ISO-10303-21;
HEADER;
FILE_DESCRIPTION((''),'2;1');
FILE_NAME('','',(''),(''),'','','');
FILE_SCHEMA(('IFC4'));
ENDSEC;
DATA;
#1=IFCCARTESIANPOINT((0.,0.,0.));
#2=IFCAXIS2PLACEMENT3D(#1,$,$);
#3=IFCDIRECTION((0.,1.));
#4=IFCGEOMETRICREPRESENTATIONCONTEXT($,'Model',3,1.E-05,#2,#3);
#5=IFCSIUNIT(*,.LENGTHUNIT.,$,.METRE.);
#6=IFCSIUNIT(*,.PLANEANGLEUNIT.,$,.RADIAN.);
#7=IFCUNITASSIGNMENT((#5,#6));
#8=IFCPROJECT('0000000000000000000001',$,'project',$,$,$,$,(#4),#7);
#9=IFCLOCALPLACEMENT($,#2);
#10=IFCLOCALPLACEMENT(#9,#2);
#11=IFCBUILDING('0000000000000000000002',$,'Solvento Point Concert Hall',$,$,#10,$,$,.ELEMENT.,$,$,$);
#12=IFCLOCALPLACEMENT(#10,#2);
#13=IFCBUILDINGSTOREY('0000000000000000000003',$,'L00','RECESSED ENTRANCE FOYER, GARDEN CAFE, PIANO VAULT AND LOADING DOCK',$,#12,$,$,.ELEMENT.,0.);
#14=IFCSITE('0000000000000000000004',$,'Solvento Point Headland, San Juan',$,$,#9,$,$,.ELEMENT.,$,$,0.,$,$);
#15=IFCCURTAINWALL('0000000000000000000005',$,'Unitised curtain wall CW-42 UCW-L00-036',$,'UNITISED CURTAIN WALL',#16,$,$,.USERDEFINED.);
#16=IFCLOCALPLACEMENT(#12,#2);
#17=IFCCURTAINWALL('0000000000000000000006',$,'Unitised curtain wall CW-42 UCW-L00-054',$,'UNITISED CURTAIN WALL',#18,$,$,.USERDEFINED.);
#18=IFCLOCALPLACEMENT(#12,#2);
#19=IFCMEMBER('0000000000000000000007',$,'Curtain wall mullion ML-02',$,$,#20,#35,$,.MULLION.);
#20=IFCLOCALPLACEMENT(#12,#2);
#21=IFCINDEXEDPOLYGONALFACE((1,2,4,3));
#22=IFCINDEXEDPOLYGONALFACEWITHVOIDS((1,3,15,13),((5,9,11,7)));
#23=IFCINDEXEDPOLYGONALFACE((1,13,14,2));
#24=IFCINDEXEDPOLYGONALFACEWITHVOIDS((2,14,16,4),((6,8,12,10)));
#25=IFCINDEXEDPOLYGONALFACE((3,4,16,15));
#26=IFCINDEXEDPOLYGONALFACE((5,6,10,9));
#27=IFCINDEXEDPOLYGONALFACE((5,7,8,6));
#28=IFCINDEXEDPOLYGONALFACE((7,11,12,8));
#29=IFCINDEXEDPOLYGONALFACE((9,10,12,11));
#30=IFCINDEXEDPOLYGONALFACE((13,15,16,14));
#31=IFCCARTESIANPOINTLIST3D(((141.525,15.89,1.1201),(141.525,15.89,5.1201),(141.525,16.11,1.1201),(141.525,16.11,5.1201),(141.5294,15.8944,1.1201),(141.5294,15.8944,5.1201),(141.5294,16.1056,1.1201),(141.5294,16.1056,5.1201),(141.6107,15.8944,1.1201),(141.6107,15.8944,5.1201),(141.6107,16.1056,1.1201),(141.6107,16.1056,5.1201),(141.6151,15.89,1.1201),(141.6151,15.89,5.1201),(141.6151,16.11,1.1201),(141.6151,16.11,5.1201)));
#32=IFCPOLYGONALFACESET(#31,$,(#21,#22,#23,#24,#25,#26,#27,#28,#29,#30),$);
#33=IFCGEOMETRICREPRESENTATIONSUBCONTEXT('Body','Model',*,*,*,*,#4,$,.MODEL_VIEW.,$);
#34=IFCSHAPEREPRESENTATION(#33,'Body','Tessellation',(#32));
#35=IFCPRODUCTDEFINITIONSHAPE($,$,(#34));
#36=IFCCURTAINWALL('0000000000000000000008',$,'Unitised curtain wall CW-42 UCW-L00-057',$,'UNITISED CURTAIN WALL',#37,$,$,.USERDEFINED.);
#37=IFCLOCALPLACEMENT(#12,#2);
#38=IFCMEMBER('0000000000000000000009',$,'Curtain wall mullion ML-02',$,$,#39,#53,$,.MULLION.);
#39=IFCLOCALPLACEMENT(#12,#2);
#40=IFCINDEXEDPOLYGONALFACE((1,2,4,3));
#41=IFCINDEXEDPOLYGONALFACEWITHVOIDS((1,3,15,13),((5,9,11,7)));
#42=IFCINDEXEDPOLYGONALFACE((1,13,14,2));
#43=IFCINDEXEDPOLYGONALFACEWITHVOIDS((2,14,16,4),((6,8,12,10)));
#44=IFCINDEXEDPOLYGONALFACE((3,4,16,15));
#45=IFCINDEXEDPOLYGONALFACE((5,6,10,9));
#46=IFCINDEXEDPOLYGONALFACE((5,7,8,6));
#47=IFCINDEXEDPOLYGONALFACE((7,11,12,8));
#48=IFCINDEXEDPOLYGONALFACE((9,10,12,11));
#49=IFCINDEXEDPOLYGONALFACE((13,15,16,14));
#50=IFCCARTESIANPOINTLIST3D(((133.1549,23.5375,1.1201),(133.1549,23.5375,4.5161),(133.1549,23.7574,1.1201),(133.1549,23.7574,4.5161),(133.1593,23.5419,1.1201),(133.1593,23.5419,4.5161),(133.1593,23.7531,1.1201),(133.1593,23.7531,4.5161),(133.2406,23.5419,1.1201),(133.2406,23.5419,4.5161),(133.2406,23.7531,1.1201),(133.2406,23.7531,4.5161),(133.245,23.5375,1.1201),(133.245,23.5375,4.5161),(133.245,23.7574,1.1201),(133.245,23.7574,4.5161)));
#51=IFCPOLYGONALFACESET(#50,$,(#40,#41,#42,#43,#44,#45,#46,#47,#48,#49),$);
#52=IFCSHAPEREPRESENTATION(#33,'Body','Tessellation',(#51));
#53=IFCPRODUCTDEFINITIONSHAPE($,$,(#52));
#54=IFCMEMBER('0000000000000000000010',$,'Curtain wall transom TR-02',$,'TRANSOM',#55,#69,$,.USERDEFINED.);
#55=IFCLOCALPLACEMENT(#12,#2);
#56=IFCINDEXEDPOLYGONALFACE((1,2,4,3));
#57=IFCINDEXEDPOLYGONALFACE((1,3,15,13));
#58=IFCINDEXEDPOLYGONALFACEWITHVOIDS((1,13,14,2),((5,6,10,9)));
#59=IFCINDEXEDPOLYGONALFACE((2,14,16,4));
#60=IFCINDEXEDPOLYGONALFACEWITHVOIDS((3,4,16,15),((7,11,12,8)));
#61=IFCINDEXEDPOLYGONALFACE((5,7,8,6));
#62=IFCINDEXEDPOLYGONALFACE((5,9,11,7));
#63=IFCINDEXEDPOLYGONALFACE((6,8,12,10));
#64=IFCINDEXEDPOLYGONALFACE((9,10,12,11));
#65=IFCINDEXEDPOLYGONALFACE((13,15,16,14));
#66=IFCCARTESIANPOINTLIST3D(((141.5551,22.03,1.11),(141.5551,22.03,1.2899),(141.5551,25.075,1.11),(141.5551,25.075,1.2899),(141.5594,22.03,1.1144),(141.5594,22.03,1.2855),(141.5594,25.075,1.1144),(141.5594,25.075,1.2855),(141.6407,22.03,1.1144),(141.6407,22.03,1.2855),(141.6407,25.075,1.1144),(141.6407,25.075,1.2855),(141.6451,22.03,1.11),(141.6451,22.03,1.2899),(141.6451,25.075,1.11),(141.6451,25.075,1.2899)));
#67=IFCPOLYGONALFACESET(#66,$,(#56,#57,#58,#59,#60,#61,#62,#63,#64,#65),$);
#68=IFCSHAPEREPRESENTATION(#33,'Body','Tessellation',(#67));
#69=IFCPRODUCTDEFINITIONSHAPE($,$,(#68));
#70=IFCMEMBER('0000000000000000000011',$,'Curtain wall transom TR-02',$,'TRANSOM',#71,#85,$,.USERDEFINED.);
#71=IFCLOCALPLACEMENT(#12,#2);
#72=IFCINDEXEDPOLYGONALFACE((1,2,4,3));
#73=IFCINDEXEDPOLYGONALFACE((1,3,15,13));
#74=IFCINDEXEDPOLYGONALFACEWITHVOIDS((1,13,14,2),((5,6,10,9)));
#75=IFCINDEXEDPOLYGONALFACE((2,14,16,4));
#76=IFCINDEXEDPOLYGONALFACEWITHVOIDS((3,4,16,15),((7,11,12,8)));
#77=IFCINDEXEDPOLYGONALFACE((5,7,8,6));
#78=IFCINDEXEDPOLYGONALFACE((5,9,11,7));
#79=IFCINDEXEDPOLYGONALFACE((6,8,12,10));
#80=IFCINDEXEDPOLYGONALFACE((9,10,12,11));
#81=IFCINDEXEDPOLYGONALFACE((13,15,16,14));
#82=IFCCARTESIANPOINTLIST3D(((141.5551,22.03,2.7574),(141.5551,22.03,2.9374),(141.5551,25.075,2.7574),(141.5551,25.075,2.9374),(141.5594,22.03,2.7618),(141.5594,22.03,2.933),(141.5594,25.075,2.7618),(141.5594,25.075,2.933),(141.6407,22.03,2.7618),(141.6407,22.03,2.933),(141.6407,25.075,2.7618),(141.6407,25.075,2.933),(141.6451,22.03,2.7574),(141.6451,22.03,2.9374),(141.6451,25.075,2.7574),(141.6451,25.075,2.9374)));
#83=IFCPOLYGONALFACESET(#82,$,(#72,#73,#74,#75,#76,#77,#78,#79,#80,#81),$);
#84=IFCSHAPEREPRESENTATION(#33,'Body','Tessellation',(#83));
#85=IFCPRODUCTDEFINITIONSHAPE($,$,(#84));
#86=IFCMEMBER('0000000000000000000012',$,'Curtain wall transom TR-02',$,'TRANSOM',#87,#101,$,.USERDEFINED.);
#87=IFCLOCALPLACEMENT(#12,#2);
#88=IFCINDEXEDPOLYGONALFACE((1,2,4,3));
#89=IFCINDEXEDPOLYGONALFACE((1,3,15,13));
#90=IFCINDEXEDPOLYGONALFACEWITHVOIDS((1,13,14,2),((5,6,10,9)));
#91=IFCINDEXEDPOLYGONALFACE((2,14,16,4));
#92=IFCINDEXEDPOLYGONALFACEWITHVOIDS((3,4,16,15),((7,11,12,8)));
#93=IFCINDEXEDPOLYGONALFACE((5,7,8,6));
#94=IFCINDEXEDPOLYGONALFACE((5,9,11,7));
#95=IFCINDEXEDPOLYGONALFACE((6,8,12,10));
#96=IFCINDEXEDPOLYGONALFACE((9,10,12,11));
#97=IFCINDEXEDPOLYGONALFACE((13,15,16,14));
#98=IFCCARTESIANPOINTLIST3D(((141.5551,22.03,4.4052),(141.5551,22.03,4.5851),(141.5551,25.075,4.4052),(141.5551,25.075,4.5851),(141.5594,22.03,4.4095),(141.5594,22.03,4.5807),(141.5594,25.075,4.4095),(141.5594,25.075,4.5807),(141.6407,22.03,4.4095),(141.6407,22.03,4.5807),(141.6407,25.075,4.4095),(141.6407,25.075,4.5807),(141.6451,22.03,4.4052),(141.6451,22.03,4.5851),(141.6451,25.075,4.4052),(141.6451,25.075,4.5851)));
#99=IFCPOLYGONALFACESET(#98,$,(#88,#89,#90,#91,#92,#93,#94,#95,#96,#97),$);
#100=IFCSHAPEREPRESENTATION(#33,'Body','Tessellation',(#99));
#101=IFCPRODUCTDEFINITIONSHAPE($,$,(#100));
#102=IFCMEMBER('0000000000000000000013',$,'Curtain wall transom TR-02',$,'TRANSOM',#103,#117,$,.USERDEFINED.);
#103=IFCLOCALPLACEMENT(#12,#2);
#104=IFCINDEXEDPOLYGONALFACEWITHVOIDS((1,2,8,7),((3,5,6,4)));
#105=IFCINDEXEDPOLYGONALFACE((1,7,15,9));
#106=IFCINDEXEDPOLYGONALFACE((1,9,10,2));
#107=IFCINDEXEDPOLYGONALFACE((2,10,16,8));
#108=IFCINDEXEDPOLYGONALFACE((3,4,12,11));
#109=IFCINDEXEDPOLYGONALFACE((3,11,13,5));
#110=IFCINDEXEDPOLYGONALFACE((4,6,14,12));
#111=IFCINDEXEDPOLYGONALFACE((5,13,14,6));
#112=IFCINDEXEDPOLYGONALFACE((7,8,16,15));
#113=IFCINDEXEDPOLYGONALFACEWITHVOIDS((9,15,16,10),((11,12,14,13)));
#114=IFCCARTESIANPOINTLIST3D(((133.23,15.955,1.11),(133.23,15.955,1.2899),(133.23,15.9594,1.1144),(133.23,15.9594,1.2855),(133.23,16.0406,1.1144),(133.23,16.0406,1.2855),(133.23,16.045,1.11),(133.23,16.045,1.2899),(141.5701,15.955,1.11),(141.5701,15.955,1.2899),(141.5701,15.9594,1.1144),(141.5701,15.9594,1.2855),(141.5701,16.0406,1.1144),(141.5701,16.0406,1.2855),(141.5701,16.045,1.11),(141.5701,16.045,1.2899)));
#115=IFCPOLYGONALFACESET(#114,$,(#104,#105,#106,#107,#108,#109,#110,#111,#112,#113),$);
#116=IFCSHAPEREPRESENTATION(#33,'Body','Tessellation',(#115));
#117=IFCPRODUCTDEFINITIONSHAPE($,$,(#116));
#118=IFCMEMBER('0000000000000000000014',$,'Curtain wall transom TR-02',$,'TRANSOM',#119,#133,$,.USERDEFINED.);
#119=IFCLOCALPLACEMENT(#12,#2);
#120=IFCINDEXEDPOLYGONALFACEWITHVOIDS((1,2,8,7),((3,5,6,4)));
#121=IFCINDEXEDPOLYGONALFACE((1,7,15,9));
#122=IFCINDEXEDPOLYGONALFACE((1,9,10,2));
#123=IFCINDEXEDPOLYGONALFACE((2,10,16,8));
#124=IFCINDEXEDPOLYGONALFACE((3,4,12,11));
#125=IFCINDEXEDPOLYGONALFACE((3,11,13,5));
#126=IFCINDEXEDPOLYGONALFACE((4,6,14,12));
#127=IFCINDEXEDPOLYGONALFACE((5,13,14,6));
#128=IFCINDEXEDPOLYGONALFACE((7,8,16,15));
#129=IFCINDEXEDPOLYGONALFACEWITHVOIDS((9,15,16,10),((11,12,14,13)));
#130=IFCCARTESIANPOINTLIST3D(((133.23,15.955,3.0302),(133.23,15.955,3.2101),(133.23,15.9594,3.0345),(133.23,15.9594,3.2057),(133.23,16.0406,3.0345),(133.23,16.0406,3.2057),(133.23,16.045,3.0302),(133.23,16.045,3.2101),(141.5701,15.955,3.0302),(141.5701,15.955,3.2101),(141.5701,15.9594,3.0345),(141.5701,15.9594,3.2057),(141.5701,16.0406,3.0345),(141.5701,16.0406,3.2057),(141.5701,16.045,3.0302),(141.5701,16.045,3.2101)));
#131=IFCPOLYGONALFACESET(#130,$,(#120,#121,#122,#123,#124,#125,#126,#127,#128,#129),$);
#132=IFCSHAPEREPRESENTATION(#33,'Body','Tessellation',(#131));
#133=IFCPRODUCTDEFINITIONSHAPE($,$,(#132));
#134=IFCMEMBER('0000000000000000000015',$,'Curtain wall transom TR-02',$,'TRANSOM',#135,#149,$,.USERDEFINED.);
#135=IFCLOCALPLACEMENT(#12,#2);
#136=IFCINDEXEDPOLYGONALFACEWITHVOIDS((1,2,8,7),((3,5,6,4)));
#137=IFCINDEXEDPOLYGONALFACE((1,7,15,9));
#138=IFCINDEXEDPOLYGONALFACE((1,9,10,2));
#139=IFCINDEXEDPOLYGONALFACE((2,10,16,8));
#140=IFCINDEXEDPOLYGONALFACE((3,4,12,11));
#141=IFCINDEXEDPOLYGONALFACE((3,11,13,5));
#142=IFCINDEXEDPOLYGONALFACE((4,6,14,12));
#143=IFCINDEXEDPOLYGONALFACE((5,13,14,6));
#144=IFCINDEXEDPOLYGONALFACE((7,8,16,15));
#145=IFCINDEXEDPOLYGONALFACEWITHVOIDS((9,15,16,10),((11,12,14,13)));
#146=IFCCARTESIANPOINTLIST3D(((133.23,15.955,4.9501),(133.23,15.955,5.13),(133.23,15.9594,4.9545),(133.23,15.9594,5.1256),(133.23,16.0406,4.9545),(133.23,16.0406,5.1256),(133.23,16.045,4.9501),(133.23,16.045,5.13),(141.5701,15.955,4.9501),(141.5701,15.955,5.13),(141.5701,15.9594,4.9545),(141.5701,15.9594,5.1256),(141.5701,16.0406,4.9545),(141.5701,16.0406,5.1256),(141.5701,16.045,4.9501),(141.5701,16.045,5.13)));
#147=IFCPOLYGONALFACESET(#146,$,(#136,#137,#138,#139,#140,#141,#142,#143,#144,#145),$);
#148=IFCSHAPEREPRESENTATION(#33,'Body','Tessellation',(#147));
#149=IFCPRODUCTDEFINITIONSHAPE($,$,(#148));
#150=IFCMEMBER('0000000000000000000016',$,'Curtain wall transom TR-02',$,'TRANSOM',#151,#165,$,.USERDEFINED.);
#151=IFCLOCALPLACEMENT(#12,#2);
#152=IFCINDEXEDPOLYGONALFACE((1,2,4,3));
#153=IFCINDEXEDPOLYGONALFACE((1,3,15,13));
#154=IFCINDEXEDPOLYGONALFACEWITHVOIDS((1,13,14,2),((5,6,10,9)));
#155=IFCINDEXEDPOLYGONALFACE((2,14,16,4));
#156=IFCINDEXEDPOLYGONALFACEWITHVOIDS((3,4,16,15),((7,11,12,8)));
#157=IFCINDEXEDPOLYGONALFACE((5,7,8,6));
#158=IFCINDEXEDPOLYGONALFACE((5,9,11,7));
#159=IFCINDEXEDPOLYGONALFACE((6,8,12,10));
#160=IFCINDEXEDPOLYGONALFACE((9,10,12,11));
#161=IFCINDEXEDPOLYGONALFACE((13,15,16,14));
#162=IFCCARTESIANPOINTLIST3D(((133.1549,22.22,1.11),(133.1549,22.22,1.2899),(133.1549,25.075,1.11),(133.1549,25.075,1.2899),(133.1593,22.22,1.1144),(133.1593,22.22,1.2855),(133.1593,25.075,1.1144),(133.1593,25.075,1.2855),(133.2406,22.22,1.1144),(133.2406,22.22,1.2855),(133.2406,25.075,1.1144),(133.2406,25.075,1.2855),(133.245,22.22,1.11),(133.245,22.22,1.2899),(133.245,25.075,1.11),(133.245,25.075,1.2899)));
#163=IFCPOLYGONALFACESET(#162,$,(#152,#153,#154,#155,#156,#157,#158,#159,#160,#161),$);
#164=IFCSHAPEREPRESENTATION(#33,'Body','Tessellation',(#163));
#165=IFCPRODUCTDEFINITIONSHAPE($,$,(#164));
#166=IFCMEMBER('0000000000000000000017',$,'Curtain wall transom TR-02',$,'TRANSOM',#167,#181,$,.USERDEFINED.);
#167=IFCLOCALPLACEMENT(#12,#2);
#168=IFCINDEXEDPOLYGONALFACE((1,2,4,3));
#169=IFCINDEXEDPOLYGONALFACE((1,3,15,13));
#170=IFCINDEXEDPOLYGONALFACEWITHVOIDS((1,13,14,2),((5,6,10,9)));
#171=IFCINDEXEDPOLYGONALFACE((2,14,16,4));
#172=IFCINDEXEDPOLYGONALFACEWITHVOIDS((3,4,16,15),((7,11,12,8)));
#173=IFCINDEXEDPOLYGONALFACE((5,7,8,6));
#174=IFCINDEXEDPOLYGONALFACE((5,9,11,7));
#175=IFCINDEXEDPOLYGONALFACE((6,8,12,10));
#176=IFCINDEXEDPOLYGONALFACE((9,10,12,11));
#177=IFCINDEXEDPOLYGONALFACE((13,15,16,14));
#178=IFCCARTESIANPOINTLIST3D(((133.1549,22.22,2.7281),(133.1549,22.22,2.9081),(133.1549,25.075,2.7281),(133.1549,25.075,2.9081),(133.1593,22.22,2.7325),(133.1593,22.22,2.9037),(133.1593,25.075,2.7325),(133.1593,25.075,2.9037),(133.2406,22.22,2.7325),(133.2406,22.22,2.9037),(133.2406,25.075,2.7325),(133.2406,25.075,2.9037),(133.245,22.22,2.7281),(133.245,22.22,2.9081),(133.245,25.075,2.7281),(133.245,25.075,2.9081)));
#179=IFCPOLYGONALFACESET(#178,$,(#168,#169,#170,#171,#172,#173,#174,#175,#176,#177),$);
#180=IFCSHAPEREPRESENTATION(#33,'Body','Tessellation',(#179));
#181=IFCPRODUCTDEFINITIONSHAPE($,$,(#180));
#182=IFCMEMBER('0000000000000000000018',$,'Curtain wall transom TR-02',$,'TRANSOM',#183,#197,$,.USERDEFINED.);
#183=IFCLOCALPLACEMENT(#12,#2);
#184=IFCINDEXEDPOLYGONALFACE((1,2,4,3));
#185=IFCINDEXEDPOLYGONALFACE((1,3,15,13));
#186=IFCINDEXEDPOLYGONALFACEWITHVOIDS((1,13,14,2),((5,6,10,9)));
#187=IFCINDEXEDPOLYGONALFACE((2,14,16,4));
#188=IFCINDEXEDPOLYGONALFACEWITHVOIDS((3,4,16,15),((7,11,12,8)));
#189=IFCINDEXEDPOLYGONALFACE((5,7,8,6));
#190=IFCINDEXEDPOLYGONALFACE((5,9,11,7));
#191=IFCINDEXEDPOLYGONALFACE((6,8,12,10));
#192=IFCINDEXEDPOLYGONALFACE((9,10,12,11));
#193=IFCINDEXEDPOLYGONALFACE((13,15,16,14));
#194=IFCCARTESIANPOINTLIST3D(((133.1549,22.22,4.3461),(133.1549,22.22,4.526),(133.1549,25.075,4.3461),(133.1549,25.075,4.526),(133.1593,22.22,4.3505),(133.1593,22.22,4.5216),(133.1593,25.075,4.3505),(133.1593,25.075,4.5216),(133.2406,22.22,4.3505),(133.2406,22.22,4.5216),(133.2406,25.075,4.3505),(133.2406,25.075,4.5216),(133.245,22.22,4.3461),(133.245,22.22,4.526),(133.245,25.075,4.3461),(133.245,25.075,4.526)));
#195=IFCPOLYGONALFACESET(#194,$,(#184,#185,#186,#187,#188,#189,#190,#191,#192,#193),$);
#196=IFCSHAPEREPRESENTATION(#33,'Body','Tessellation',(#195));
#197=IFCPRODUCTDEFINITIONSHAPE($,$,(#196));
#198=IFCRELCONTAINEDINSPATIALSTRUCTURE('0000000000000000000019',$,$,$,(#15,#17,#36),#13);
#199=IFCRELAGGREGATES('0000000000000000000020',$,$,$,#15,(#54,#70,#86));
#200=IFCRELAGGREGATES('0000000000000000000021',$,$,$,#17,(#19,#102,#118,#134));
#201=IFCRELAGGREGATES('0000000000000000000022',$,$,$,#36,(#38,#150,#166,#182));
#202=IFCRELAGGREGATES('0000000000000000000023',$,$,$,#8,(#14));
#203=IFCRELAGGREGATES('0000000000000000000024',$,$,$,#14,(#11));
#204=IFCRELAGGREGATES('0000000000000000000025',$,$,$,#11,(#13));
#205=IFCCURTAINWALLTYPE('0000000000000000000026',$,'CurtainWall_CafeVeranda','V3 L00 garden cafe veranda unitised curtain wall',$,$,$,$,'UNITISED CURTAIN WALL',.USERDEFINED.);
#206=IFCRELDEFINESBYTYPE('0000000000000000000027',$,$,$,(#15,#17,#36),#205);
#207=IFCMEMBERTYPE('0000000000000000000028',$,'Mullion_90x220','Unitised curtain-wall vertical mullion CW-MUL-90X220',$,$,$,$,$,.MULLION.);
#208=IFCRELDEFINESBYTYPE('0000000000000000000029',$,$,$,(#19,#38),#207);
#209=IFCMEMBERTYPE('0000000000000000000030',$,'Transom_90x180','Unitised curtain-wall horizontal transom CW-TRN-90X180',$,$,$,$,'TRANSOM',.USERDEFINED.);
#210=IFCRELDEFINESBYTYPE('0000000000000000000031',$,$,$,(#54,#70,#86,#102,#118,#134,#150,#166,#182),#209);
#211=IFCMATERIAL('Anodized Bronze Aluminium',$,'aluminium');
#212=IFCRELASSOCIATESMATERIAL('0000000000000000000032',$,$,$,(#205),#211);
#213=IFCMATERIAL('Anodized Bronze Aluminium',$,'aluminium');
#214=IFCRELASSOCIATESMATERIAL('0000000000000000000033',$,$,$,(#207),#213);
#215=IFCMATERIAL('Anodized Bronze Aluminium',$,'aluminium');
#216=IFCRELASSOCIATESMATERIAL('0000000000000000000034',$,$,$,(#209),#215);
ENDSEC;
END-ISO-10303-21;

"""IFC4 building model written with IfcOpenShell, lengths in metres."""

from ifc_helpers import new_model, si_unit, direction, frame, origin, origin_2d, place, context, subcontext, project, spatial, hollow_rectangle, extrude, material, material_profile, profile_set, type_object, element, aggregate, save


model = new_model("IFC4")

# Units and contexts
model_context = context("Model", 3, precision=1e-05, world=origin(), true_north=direction((0.0, 1.0)))
body_context = subcontext(model_context, "Body", "Model", "MODEL_VIEW")
ifc_project = project(units=[si_unit("LENGTHUNIT", "METRE"), si_unit("PLANEANGLEUNIT", "RADIAN")], contexts=[model_context])

# Site, building, storey
site_placement = place(None, origin())
site = spatial("IfcSite", under=ifc_project, at=site_placement, Name="Solvento Point Headland, San Juan", CompositionType="ELEMENT", RefElevation=0.0)
building_placement = place(site_placement, origin())
building = spatial("IfcBuilding", under=site, at=building_placement, Name="Solvento Point Concert Hall", CompositionType="ELEMENT")
storey_placement = place(building_placement, origin())
storey = spatial("IfcBuildingStorey", under=building, at=storey_placement, Name="L00", Description="RECESSED ENTRANCE FOYER, GARDEN CAFE, PIANO VAULT AND LOADING DOCK", CompositionType="ELEMENT", Elevation=0.0)

# Curtain walls, member
ifc_material_1 = material(Name="Anodized Bronze Aluminium", Category="aluminium")
curtain_wall_type = type_object("IfcCurtainWallType", Name="CurtainWall_CafeVeranda", Description="V3 L00 garden cafe veranda unitised curtain wall", ElementType="UNITISED CURTAIN WALL", PredefinedType="USERDEFINED", material=ifc_material_1)
curtain_wall_1_placement = place(storey_placement, origin())
curtain_wall_1 = element("IfcCurtainWall", 1, at=curtain_wall_1_placement, inside=storey, type_object=curtain_wall_type, Name="Unitised curtain wall CW-42 UCW-L00-036", ObjectType="UNITISED CURTAIN WALL", PredefinedType="USERDEFINED")
ifc_material_2 = material(Name="Anodized Bronze Aluminium", Category="aluminium")
ifc_material_profile_1 = material_profile(ifc_material_2, hollow_rectangle(XDim=0.0901, YDim=0.22, WallThickness=0.0044, at=origin_2d()), Name="CW-MUL-90X220")
ifc_profile_set_1 = profile_set([ifc_material_profile_1], Name="Anodized Bronze Aluminium")
member_type_1 = type_object("IfcMemberType", Name="Mullion_90x220", Description="Unitised curtain-wall vertical mullion CW-MUL-90X220", PredefinedType="MULLION", material=ifc_profile_set_1)
curtain_wall_2_placement = place(storey_placement, origin())
curtain_wall_2 = element("IfcCurtainWall", 2, at=curtain_wall_2_placement, inside=storey, type_object=curtain_wall_type, Name="Unitised curtain wall CW-42 UCW-L00-054", ObjectType="UNITISED CURTAIN WALL", PredefinedType="USERDEFINED")
member_1_placement = place(storey_placement, frame((141.5701, 16.0, 1.1201), z_axis=(0.0, 0.0, 1.0), x_axis=(1.0, 0.0, 0.0)))
member_1 = element("IfcMember", 3, at=member_1_placement, type_object=member_type_1, Name="Curtain wall mullion ML-02", PredefinedType="MULLION", context=body_context, shape_type="SweptSolid", body=[
    extrude(hollow_rectangle(XDim=0.0901, YDim=0.22, WallThickness=0.0044, at=origin_2d()), origin(), (0.0, 0.0, 1.0), 4.0),
])

# Curtain wall, member
curtain_wall_3_placement = place(storey_placement, origin())
curtain_wall_3 = element("IfcCurtainWall", 4, at=curtain_wall_3_placement, inside=storey, type_object=curtain_wall_type, Name="Unitised curtain wall CW-42 UCW-L00-057", ObjectType="UNITISED CURTAIN WALL", PredefinedType="USERDEFINED")
member_2_placement = place(storey_placement, frame((133.2, 23.6475, 1.1201), z_axis=(0.0, 0.0, 1.0), x_axis=(1.0, 0.0, 0.0)))
member_2 = element("IfcMember", 5, at=member_2_placement, type_object=member_type_1, Name="Curtain wall mullion ML-02", PredefinedType="MULLION", context=body_context, shape_type="SweptSolid", body=[
    extrude(hollow_rectangle(XDim=0.0901, YDim=0.22, WallThickness=0.0044, at=origin_2d()), origin(), (0.0, 0.0, 1.0), 3.396),
])

# Members
ifc_material_3 = material(Name="Anodized Bronze Aluminium", Category="aluminium")
ifc_material_profile_2 = material_profile(ifc_material_3, hollow_rectangle(XDim=0.0901, YDim=0.1799, WallThickness=0.0044, at=origin_2d()), Name="CW-TRN-90X180")
ifc_profile_set_2 = profile_set([ifc_material_profile_2], Name="Anodized Bronze Aluminium")
member_type_2 = type_object("IfcMemberType", Name="Transom_90x180", Description="Unitised curtain-wall horizontal transom CW-TRN-90X180", ElementType="TRANSOM", PredefinedType="USERDEFINED", material=ifc_profile_set_2)
member_3_placement = place(storey_placement, frame((141.6001, 22.03, 1.2), z_axis=(0.0, 1.0, 0.0), x_axis=(-1.0, 0.0, 0.0)))
member_3 = element("IfcMember", 6, at=member_3_placement, type_object=member_type_2, Name="Curtain wall transom TR-02", ObjectType="TRANSOM", PredefinedType="USERDEFINED", context=body_context, shape_type="SweptSolid", body=[
    extrude(hollow_rectangle(XDim=0.0901, YDim=0.1799, WallThickness=0.0044, at=origin_2d()), origin(), (0.0, 0.0, 1.0), 3.0449),
])
member_4_placement = place(storey_placement, frame((141.6001, 22.03, 2.8474), z_axis=(0.0, 1.0, 0.0), x_axis=(-1.0, 0.0, 0.0)))
member_4 = element("IfcMember", 7, at=member_4_placement, type_object=member_type_2, Name="Curtain wall transom TR-02", ObjectType="TRANSOM", PredefinedType="USERDEFINED", context=body_context, shape_type="SweptSolid", body=[
    extrude(hollow_rectangle(XDim=0.0901, YDim=0.1799, WallThickness=0.0044, at=origin_2d()), origin(), (0.0, 0.0, 1.0), 3.0449),
])
member_5_placement = place(storey_placement, frame((141.6001, 22.03, 4.4951), z_axis=(0.0, 1.0, 0.0), x_axis=(-1.0, 0.0, 0.0)))
member_5 = element("IfcMember", 8, at=member_5_placement, type_object=member_type_2, Name="Curtain wall transom TR-02", ObjectType="TRANSOM", PredefinedType="USERDEFINED", context=body_context, shape_type="SweptSolid", body=[
    extrude(hollow_rectangle(XDim=0.0901, YDim=0.1799, WallThickness=0.0044, at=origin_2d()), origin(), (0.0, 0.0, 1.0), 3.0449),
])
member_6_placement = place(storey_placement, frame((133.23, 16.0, 1.2), z_axis=(1.0, 0.0, 0.0), x_axis=(0.0, 1.0, 0.0)))
member_6 = element("IfcMember", 9, at=member_6_placement, type_object=member_type_2, Name="Curtain wall transom TR-02", ObjectType="TRANSOM", PredefinedType="USERDEFINED", context=body_context, shape_type="SweptSolid", body=[
    extrude(hollow_rectangle(XDim=0.0901, YDim=0.1799, WallThickness=0.0044, at=origin_2d()), origin(), (0.0, 0.0, 1.0), 8.3401),
])
member_7_placement = place(storey_placement, frame((133.23, 16.0, 3.1201), z_axis=(1.0, 0.0, 0.0), x_axis=(0.0, 1.0, 0.0)))
member_7 = element("IfcMember", 10, at=member_7_placement, type_object=member_type_2, Name="Curtain wall transom TR-02", ObjectType="TRANSOM", PredefinedType="USERDEFINED", context=body_context, shape_type="SweptSolid", body=[
    extrude(hollow_rectangle(XDim=0.0901, YDim=0.1799, WallThickness=0.0044, at=origin_2d()), origin(), (0.0, 0.0, 1.0), 8.3401),
])
member_8_placement = place(storey_placement, frame((133.23, 16.0, 5.04), z_axis=(1.0, 0.0, 0.0), x_axis=(0.0, 1.0, 0.0)))
member_8 = element("IfcMember", 11, at=member_8_placement, type_object=member_type_2, Name="Curtain wall transom TR-02", ObjectType="TRANSOM", PredefinedType="USERDEFINED", context=body_context, shape_type="SweptSolid", body=[
    extrude(hollow_rectangle(XDim=0.0901, YDim=0.1799, WallThickness=0.0044, at=origin_2d()), origin(), (0.0, 0.0, 1.0), 8.3401),
])
member_9_placement = place(storey_placement, frame((133.2, 22.22, 1.2), z_axis=(0.0, 1.0, 0.0), x_axis=(-1.0, 0.0, 0.0)))
member_9 = element("IfcMember", 12, at=member_9_placement, type_object=member_type_2, Name="Curtain wall transom TR-02", ObjectType="TRANSOM", PredefinedType="USERDEFINED", context=body_context, shape_type="SweptSolid", body=[
    extrude(hollow_rectangle(XDim=0.0901, YDim=0.1799, WallThickness=0.0044, at=origin_2d()), origin(), (0.0, 0.0, 1.0), 2.855),
])
member_10_placement = place(storey_placement, frame((133.2, 22.22, 2.8181), z_axis=(0.0, 1.0, 0.0), x_axis=(-1.0, 0.0, 0.0)))
member_10 = element("IfcMember", 13, at=member_10_placement, type_object=member_type_2, Name="Curtain wall transom TR-02", ObjectType="TRANSOM", PredefinedType="USERDEFINED", context=body_context, shape_type="SweptSolid", body=[
    extrude(hollow_rectangle(XDim=0.0901, YDim=0.1799, WallThickness=0.0044, at=origin_2d()), origin(), (0.0, 0.0, 1.0), 2.855),
])
member_11_placement = place(storey_placement, frame((133.2, 22.22, 4.436), z_axis=(0.0, 1.0, 0.0), x_axis=(-1.0, 0.0, 0.0)))
member_11 = element("IfcMember", 14, at=member_11_placement, type_object=member_type_2, Name="Curtain wall transom TR-02", ObjectType="TRANSOM", PredefinedType="USERDEFINED", context=body_context, shape_type="SweptSolid", body=[
    extrude(hollow_rectangle(XDim=0.0901, YDim=0.1799, WallThickness=0.0044, at=origin_2d()), origin(), (0.0, 0.0, 1.0), 2.855),
])

aggregate(curtain_wall_1, [member_3, member_4, member_5])
aggregate(curtain_wall_2, [member_1, member_6, member_7, member_8])
aggregate(curtain_wall_3, [member_2, member_9, member_10, member_11])

save(model, "model.ifc")
